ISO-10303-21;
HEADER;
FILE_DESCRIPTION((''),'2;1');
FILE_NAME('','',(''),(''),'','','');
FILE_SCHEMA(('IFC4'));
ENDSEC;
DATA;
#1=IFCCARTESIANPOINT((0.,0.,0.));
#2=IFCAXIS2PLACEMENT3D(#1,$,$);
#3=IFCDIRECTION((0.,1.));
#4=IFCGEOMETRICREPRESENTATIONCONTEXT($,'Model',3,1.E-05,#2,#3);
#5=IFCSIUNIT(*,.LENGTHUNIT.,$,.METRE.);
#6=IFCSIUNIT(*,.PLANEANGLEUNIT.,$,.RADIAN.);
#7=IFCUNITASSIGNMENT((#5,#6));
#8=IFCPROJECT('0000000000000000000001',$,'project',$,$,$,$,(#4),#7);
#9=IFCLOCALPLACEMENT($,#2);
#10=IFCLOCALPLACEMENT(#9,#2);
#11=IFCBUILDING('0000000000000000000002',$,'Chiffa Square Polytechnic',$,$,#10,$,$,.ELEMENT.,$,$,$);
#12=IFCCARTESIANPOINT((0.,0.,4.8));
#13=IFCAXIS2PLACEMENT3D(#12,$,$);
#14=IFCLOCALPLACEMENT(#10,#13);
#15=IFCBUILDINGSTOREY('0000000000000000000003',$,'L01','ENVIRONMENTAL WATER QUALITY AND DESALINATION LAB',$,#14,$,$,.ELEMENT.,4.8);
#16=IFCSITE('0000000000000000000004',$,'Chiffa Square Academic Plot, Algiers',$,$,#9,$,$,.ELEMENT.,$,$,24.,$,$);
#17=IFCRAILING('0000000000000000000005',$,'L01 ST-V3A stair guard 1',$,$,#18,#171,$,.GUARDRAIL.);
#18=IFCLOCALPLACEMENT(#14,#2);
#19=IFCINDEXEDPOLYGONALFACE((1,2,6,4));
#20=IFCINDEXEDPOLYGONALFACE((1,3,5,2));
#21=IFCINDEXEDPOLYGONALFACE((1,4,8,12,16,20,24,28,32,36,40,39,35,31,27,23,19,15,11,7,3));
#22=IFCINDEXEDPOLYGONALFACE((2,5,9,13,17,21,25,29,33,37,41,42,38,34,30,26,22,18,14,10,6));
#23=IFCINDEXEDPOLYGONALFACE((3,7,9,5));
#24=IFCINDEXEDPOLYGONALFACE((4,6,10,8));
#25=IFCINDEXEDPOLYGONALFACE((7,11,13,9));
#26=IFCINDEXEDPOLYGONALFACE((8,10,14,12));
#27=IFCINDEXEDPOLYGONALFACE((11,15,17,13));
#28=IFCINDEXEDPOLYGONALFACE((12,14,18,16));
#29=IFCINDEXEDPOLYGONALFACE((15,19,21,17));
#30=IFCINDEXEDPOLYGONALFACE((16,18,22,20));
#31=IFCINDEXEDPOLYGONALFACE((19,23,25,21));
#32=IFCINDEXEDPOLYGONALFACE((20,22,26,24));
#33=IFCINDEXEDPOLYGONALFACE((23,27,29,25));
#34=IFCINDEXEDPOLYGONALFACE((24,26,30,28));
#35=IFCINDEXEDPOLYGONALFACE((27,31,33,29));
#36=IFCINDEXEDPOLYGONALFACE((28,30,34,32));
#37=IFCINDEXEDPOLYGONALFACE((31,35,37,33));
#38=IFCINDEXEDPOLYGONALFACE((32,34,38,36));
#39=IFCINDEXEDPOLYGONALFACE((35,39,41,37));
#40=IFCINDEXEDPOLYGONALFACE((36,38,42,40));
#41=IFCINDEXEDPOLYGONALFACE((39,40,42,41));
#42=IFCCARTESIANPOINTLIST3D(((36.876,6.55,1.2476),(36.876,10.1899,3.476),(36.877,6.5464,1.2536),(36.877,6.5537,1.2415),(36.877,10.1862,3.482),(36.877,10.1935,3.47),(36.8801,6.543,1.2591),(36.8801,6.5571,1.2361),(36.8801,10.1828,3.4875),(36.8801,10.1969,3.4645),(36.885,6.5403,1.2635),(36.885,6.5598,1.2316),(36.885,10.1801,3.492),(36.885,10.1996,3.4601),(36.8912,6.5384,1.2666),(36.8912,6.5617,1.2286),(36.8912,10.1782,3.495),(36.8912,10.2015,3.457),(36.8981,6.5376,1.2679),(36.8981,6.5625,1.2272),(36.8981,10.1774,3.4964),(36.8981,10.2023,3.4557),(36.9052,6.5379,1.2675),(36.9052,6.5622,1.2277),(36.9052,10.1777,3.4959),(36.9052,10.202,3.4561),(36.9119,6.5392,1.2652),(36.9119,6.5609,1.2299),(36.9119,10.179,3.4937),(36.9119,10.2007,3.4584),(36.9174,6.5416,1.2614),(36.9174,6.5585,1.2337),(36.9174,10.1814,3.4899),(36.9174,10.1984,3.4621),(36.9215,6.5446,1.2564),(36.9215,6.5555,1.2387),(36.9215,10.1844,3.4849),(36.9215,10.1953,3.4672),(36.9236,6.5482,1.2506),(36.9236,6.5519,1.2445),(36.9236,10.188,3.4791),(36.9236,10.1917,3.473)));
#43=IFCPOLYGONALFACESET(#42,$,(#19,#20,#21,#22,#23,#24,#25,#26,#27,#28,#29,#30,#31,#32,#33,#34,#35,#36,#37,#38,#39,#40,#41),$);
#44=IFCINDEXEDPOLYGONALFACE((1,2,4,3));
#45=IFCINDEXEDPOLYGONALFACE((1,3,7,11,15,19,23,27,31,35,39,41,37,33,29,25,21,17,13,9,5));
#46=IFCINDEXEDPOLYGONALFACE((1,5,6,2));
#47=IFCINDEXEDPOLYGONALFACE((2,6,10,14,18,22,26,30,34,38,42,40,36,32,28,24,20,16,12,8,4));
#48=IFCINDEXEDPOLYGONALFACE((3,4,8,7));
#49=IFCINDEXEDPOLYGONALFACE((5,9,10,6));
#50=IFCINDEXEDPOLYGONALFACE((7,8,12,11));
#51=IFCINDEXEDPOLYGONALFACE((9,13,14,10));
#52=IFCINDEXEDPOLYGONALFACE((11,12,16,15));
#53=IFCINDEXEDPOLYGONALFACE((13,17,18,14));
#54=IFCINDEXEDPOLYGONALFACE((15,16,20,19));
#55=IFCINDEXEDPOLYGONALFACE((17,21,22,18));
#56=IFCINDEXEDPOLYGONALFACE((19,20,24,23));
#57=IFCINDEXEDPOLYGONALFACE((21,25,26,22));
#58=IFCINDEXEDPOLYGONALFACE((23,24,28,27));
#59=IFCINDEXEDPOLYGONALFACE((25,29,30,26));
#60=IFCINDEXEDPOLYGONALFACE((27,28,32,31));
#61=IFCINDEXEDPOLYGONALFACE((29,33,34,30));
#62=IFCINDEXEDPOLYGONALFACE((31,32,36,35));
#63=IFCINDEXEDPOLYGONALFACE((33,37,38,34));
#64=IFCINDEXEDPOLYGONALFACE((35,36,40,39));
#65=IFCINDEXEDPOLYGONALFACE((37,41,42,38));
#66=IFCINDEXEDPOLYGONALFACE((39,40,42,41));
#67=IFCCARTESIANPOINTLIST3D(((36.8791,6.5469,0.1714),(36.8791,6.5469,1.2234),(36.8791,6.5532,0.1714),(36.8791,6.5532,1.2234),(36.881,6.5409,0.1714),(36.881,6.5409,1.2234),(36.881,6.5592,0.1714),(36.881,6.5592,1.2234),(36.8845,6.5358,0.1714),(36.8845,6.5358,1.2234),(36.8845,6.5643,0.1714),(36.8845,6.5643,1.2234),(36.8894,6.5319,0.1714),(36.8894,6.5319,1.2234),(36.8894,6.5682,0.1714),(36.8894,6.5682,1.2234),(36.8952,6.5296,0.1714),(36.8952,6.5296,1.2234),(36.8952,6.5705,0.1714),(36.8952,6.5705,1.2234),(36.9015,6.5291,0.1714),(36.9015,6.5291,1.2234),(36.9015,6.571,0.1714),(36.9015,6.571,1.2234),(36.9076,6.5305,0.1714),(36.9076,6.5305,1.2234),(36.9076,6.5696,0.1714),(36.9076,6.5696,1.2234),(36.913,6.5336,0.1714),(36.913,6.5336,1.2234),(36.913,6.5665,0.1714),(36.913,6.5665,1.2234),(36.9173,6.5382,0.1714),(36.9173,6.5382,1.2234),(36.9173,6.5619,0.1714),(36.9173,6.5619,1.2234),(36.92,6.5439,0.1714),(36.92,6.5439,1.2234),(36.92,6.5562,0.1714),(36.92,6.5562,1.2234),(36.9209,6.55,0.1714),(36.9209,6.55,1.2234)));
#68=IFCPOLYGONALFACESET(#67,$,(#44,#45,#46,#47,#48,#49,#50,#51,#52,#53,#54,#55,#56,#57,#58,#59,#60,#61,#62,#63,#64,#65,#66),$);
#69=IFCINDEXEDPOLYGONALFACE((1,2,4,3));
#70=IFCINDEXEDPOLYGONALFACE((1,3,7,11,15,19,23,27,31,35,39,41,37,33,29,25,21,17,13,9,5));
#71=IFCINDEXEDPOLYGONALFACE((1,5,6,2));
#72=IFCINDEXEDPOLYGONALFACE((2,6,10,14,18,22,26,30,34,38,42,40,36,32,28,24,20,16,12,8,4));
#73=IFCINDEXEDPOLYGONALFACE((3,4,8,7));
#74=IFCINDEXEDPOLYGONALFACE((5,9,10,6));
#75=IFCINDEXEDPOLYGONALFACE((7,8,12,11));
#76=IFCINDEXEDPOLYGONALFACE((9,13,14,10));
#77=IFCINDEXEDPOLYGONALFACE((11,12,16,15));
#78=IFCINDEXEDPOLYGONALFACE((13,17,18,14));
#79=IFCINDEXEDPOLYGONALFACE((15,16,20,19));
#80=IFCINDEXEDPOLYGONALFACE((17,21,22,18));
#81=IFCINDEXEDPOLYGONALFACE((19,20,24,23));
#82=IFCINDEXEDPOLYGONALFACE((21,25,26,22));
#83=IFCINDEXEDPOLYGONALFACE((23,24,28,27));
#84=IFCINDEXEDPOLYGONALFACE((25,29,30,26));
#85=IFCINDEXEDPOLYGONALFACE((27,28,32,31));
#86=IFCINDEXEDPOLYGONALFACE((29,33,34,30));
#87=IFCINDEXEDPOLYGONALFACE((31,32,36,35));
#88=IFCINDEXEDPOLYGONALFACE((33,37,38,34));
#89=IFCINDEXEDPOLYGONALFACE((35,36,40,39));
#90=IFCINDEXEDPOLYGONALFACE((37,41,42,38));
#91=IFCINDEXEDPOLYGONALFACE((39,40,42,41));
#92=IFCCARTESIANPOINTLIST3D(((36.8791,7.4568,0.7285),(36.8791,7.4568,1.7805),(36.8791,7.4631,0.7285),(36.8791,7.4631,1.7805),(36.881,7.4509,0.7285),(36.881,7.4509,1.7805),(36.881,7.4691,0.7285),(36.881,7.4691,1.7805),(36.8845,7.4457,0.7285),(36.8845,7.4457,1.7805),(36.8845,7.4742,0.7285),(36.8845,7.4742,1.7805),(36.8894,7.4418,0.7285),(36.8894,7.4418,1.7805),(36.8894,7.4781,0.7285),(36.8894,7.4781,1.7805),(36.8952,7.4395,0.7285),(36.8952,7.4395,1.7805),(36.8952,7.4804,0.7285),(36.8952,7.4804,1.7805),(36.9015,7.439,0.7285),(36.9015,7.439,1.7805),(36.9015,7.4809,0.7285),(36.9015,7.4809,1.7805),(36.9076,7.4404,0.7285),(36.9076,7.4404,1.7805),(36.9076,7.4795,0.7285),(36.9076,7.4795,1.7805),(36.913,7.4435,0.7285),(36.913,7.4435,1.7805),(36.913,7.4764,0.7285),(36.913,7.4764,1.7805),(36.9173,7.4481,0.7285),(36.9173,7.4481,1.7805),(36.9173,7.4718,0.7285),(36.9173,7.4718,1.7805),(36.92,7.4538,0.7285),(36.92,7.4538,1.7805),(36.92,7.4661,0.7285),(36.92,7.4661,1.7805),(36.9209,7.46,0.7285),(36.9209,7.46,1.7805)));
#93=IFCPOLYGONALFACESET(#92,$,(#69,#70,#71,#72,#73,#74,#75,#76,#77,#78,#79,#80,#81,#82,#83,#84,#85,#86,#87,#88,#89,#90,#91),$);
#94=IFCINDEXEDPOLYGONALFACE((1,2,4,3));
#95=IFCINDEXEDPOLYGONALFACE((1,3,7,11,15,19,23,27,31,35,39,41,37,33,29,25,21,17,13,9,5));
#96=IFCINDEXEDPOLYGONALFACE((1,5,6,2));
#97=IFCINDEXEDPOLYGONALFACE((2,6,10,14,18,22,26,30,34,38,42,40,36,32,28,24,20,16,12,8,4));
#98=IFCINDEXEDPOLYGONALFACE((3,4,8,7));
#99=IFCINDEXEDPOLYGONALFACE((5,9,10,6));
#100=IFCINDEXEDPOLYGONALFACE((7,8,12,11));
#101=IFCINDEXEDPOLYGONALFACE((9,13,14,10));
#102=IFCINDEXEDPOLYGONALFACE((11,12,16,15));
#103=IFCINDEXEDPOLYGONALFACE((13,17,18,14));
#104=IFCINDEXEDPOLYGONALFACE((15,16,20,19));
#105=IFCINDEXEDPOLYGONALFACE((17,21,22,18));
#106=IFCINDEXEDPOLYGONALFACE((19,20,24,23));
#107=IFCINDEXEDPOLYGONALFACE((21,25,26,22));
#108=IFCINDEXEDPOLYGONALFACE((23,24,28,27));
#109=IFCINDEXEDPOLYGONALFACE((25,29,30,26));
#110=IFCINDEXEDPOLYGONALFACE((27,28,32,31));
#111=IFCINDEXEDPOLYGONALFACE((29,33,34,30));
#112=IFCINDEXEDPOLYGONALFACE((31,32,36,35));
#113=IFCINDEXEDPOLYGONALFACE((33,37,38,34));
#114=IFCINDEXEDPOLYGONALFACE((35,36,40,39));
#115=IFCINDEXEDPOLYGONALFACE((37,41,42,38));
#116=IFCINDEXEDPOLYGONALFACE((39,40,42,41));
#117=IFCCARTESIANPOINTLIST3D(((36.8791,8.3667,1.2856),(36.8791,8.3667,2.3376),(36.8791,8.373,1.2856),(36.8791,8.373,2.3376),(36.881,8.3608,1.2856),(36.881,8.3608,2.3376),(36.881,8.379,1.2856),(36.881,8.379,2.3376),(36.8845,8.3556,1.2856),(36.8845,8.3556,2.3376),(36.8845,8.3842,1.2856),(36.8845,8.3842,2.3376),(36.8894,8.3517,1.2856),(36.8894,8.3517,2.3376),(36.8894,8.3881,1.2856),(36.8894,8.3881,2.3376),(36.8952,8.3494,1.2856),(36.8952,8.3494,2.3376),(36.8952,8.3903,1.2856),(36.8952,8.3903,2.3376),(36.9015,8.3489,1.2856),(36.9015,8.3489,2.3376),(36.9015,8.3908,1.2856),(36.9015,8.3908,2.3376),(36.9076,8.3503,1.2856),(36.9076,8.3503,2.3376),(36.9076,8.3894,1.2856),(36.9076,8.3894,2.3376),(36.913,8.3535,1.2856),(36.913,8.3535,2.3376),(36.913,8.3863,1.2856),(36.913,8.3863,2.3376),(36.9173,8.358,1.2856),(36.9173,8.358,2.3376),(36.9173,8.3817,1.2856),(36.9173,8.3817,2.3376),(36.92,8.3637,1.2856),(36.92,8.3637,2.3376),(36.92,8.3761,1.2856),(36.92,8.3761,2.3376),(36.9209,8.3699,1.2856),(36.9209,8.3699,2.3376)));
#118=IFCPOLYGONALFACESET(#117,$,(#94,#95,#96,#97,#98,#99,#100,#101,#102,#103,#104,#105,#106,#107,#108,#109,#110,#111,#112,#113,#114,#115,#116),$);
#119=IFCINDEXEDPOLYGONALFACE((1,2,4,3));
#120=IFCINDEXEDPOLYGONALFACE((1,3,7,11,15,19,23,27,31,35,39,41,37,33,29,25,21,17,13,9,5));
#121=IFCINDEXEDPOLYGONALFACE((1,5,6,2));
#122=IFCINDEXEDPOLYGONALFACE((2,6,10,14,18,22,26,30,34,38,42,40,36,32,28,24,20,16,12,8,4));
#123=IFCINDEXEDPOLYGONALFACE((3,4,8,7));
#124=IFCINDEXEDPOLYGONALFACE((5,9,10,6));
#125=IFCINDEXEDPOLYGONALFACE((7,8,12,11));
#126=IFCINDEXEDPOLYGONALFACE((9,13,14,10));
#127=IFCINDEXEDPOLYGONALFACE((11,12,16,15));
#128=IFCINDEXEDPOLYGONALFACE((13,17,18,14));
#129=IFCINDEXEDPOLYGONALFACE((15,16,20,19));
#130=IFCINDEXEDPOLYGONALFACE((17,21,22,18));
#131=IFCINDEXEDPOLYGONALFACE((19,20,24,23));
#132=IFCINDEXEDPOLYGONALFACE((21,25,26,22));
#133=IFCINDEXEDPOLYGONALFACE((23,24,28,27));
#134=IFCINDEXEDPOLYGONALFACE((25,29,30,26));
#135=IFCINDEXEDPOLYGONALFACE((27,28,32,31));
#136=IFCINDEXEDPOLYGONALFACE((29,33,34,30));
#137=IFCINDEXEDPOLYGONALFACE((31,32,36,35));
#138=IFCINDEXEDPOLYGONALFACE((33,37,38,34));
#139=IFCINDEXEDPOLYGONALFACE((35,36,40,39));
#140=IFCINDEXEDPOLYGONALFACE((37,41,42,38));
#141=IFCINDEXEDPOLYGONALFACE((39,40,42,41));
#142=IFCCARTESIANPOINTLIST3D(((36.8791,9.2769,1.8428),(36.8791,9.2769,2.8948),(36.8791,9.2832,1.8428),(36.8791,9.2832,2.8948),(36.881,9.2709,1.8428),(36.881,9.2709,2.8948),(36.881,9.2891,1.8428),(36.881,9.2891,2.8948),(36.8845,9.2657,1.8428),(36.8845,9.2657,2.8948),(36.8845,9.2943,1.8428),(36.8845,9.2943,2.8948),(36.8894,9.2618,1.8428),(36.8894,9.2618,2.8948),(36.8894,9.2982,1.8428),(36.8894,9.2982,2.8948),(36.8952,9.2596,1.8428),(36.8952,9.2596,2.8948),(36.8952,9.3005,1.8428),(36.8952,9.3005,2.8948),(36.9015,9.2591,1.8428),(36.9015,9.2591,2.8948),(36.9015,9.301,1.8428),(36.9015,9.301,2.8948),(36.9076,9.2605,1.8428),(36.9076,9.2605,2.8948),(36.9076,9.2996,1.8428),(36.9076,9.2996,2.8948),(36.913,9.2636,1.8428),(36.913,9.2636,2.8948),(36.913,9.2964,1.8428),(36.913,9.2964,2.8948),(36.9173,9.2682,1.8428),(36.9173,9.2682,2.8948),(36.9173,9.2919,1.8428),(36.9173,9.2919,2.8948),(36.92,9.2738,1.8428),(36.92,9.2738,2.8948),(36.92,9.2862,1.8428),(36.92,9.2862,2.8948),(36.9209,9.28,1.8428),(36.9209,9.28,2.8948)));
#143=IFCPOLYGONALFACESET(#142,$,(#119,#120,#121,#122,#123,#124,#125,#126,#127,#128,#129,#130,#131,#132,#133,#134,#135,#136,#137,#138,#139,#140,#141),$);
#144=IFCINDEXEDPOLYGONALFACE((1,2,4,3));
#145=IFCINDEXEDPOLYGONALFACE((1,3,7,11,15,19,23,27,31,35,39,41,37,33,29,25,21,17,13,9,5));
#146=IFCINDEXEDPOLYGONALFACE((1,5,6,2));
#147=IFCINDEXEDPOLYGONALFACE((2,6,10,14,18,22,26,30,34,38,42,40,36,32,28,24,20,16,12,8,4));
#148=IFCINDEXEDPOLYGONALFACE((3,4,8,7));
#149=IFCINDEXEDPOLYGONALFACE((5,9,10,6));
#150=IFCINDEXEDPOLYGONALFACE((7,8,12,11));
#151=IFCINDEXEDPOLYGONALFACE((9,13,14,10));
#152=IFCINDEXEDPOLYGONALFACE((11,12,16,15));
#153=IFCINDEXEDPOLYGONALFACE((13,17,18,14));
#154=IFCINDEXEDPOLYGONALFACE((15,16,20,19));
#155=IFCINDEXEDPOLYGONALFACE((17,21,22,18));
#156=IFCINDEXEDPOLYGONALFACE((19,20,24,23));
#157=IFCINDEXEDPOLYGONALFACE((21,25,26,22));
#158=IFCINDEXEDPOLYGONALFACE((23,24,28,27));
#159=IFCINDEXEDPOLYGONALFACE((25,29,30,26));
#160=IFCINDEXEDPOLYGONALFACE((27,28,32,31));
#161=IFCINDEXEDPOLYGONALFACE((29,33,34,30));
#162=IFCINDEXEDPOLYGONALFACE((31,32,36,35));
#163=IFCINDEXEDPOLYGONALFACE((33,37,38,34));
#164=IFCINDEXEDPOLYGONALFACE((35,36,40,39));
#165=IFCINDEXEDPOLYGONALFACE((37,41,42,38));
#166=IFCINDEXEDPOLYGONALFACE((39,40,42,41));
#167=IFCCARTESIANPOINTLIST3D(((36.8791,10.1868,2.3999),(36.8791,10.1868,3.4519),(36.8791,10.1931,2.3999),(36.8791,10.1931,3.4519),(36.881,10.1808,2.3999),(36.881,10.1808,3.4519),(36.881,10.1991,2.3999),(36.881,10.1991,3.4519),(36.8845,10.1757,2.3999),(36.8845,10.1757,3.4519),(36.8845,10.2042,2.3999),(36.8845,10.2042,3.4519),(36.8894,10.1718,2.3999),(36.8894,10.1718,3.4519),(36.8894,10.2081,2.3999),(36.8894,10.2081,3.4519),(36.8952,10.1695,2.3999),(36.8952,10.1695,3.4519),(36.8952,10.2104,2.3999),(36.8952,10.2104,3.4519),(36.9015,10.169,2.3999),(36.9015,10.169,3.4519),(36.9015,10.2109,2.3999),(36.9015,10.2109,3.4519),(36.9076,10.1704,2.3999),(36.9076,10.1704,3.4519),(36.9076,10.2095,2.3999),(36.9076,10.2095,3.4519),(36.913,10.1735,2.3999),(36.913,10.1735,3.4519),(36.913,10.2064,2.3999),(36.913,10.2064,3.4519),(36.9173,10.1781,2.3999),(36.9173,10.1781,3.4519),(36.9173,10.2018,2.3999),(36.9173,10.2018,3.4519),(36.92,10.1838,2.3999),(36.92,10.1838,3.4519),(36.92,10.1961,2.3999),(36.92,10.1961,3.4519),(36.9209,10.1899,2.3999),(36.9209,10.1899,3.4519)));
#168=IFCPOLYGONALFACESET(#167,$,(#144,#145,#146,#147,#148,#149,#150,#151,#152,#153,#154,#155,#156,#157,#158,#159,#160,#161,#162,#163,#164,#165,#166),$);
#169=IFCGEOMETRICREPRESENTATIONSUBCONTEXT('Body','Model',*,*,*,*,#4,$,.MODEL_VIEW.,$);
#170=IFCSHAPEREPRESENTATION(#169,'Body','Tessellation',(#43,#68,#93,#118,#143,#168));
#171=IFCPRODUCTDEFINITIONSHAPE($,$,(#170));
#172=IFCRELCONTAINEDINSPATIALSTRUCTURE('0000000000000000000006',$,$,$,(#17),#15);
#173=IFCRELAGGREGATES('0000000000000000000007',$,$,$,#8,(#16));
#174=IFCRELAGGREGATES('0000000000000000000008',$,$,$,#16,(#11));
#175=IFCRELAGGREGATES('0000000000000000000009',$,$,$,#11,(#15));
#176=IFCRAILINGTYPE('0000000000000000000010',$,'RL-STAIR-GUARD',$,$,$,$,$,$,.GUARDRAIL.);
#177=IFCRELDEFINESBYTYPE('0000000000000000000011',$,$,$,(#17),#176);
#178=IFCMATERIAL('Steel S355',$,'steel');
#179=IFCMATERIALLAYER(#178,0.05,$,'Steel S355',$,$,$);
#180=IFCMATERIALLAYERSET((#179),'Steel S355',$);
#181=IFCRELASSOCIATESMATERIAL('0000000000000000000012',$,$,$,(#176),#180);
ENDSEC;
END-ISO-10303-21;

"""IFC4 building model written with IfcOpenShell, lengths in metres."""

from ifc_helpers import new_model, si_unit, direction, frame, origin, origin_2d, place, context, subcontext, project, spatial, circle, extrude, material, layer, layer_set, type_object, element, save


model = new_model("IFC4")

# Units and contexts
model_context = context("Model", 3, precision=1e-05, world=origin(), true_north=direction((0.0, 1.0)))
body_context = subcontext(model_context, "Body", "Model", "MODEL_VIEW")
ifc_project = project(units=[si_unit("LENGTHUNIT", "METRE"), si_unit("PLANEANGLEUNIT", "RADIAN")], contexts=[model_context])

# Site, building, storey
site_placement = place(None, origin())
site = spatial("IfcSite", under=ifc_project, at=site_placement, Name="Chiffa Square Academic Plot, Algiers", CompositionType="ELEMENT", RefElevation=24.0)
building_placement = place(site_placement, origin())
building = spatial("IfcBuilding", under=site, at=building_placement, Name="Chiffa Square Polytechnic", CompositionType="ELEMENT")
storey_placement = place(building_placement, frame((0.0, 0.0, 4.8)))
storey = spatial("IfcBuildingStorey", under=building, at=storey_placement, Name="L01", Description="ENVIRONMENTAL WATER QUALITY AND DESALINATION LAB", CompositionType="ELEMENT", Elevation=4.8)

# Railing
ifc_material_1 = material(Name="Steel S355", Category="steel")
ifc_layer_1 = layer(ifc_material_1, 0.05, Name="Steel S355")
ifc_layer_set_1 = layer_set([ifc_layer_1], Name="Steel S355")
railing_type_1 = type_object("IfcRailingType", Name="RL-STAIR-GUARD", PredefinedType="GUARDRAIL", material=ifc_layer_set_1)
railing_1_placement = place(storey_placement, frame((36.8999, 6.55, 0.1714)))
element("IfcRailing", 1, at=railing_1_placement, inside=storey, type_object=railing_type_1, Name="L01 ST-V3A stair guard 1", PredefinedType="GUARDRAIL", context=body_context, shape_type="SweptSolid", body=[
    extrude(circle(Radius=0.0239, at=origin_2d()), frame((0.0, 0.0, 1.0762), z_axis=(0.0, 0.85285, 0.522156), x_axis=(-1.0, 0.0, 0.0)), (0.0, 0.0, 1.0), 4.2678),
    extrude(circle(Radius=0.021, at=origin_2d()), origin(), (0.0, 0.0, 1.0), 1.052),
    extrude(circle(Radius=0.021, at=origin_2d()), frame((0.0, 0.9099, 0.5571)), (0.0, 0.0, 1.0), 1.052),
    extrude(circle(Radius=0.021, at=origin_2d()), frame((0.0, 1.8198, 1.1143)), (0.0, 0.0, 1.0), 1.052),
    extrude(circle(Radius=0.021, at=origin_2d()), frame((0.0, 2.73, 1.6714)), (0.0, 0.0, 1.0), 1.052),
    extrude(circle(Radius=0.021, at=origin_2d()), frame((0.0, 3.6399, 2.2285)), (0.0, 0.0, 1.0), 1.052),
])

save(model, "model.ifc")
